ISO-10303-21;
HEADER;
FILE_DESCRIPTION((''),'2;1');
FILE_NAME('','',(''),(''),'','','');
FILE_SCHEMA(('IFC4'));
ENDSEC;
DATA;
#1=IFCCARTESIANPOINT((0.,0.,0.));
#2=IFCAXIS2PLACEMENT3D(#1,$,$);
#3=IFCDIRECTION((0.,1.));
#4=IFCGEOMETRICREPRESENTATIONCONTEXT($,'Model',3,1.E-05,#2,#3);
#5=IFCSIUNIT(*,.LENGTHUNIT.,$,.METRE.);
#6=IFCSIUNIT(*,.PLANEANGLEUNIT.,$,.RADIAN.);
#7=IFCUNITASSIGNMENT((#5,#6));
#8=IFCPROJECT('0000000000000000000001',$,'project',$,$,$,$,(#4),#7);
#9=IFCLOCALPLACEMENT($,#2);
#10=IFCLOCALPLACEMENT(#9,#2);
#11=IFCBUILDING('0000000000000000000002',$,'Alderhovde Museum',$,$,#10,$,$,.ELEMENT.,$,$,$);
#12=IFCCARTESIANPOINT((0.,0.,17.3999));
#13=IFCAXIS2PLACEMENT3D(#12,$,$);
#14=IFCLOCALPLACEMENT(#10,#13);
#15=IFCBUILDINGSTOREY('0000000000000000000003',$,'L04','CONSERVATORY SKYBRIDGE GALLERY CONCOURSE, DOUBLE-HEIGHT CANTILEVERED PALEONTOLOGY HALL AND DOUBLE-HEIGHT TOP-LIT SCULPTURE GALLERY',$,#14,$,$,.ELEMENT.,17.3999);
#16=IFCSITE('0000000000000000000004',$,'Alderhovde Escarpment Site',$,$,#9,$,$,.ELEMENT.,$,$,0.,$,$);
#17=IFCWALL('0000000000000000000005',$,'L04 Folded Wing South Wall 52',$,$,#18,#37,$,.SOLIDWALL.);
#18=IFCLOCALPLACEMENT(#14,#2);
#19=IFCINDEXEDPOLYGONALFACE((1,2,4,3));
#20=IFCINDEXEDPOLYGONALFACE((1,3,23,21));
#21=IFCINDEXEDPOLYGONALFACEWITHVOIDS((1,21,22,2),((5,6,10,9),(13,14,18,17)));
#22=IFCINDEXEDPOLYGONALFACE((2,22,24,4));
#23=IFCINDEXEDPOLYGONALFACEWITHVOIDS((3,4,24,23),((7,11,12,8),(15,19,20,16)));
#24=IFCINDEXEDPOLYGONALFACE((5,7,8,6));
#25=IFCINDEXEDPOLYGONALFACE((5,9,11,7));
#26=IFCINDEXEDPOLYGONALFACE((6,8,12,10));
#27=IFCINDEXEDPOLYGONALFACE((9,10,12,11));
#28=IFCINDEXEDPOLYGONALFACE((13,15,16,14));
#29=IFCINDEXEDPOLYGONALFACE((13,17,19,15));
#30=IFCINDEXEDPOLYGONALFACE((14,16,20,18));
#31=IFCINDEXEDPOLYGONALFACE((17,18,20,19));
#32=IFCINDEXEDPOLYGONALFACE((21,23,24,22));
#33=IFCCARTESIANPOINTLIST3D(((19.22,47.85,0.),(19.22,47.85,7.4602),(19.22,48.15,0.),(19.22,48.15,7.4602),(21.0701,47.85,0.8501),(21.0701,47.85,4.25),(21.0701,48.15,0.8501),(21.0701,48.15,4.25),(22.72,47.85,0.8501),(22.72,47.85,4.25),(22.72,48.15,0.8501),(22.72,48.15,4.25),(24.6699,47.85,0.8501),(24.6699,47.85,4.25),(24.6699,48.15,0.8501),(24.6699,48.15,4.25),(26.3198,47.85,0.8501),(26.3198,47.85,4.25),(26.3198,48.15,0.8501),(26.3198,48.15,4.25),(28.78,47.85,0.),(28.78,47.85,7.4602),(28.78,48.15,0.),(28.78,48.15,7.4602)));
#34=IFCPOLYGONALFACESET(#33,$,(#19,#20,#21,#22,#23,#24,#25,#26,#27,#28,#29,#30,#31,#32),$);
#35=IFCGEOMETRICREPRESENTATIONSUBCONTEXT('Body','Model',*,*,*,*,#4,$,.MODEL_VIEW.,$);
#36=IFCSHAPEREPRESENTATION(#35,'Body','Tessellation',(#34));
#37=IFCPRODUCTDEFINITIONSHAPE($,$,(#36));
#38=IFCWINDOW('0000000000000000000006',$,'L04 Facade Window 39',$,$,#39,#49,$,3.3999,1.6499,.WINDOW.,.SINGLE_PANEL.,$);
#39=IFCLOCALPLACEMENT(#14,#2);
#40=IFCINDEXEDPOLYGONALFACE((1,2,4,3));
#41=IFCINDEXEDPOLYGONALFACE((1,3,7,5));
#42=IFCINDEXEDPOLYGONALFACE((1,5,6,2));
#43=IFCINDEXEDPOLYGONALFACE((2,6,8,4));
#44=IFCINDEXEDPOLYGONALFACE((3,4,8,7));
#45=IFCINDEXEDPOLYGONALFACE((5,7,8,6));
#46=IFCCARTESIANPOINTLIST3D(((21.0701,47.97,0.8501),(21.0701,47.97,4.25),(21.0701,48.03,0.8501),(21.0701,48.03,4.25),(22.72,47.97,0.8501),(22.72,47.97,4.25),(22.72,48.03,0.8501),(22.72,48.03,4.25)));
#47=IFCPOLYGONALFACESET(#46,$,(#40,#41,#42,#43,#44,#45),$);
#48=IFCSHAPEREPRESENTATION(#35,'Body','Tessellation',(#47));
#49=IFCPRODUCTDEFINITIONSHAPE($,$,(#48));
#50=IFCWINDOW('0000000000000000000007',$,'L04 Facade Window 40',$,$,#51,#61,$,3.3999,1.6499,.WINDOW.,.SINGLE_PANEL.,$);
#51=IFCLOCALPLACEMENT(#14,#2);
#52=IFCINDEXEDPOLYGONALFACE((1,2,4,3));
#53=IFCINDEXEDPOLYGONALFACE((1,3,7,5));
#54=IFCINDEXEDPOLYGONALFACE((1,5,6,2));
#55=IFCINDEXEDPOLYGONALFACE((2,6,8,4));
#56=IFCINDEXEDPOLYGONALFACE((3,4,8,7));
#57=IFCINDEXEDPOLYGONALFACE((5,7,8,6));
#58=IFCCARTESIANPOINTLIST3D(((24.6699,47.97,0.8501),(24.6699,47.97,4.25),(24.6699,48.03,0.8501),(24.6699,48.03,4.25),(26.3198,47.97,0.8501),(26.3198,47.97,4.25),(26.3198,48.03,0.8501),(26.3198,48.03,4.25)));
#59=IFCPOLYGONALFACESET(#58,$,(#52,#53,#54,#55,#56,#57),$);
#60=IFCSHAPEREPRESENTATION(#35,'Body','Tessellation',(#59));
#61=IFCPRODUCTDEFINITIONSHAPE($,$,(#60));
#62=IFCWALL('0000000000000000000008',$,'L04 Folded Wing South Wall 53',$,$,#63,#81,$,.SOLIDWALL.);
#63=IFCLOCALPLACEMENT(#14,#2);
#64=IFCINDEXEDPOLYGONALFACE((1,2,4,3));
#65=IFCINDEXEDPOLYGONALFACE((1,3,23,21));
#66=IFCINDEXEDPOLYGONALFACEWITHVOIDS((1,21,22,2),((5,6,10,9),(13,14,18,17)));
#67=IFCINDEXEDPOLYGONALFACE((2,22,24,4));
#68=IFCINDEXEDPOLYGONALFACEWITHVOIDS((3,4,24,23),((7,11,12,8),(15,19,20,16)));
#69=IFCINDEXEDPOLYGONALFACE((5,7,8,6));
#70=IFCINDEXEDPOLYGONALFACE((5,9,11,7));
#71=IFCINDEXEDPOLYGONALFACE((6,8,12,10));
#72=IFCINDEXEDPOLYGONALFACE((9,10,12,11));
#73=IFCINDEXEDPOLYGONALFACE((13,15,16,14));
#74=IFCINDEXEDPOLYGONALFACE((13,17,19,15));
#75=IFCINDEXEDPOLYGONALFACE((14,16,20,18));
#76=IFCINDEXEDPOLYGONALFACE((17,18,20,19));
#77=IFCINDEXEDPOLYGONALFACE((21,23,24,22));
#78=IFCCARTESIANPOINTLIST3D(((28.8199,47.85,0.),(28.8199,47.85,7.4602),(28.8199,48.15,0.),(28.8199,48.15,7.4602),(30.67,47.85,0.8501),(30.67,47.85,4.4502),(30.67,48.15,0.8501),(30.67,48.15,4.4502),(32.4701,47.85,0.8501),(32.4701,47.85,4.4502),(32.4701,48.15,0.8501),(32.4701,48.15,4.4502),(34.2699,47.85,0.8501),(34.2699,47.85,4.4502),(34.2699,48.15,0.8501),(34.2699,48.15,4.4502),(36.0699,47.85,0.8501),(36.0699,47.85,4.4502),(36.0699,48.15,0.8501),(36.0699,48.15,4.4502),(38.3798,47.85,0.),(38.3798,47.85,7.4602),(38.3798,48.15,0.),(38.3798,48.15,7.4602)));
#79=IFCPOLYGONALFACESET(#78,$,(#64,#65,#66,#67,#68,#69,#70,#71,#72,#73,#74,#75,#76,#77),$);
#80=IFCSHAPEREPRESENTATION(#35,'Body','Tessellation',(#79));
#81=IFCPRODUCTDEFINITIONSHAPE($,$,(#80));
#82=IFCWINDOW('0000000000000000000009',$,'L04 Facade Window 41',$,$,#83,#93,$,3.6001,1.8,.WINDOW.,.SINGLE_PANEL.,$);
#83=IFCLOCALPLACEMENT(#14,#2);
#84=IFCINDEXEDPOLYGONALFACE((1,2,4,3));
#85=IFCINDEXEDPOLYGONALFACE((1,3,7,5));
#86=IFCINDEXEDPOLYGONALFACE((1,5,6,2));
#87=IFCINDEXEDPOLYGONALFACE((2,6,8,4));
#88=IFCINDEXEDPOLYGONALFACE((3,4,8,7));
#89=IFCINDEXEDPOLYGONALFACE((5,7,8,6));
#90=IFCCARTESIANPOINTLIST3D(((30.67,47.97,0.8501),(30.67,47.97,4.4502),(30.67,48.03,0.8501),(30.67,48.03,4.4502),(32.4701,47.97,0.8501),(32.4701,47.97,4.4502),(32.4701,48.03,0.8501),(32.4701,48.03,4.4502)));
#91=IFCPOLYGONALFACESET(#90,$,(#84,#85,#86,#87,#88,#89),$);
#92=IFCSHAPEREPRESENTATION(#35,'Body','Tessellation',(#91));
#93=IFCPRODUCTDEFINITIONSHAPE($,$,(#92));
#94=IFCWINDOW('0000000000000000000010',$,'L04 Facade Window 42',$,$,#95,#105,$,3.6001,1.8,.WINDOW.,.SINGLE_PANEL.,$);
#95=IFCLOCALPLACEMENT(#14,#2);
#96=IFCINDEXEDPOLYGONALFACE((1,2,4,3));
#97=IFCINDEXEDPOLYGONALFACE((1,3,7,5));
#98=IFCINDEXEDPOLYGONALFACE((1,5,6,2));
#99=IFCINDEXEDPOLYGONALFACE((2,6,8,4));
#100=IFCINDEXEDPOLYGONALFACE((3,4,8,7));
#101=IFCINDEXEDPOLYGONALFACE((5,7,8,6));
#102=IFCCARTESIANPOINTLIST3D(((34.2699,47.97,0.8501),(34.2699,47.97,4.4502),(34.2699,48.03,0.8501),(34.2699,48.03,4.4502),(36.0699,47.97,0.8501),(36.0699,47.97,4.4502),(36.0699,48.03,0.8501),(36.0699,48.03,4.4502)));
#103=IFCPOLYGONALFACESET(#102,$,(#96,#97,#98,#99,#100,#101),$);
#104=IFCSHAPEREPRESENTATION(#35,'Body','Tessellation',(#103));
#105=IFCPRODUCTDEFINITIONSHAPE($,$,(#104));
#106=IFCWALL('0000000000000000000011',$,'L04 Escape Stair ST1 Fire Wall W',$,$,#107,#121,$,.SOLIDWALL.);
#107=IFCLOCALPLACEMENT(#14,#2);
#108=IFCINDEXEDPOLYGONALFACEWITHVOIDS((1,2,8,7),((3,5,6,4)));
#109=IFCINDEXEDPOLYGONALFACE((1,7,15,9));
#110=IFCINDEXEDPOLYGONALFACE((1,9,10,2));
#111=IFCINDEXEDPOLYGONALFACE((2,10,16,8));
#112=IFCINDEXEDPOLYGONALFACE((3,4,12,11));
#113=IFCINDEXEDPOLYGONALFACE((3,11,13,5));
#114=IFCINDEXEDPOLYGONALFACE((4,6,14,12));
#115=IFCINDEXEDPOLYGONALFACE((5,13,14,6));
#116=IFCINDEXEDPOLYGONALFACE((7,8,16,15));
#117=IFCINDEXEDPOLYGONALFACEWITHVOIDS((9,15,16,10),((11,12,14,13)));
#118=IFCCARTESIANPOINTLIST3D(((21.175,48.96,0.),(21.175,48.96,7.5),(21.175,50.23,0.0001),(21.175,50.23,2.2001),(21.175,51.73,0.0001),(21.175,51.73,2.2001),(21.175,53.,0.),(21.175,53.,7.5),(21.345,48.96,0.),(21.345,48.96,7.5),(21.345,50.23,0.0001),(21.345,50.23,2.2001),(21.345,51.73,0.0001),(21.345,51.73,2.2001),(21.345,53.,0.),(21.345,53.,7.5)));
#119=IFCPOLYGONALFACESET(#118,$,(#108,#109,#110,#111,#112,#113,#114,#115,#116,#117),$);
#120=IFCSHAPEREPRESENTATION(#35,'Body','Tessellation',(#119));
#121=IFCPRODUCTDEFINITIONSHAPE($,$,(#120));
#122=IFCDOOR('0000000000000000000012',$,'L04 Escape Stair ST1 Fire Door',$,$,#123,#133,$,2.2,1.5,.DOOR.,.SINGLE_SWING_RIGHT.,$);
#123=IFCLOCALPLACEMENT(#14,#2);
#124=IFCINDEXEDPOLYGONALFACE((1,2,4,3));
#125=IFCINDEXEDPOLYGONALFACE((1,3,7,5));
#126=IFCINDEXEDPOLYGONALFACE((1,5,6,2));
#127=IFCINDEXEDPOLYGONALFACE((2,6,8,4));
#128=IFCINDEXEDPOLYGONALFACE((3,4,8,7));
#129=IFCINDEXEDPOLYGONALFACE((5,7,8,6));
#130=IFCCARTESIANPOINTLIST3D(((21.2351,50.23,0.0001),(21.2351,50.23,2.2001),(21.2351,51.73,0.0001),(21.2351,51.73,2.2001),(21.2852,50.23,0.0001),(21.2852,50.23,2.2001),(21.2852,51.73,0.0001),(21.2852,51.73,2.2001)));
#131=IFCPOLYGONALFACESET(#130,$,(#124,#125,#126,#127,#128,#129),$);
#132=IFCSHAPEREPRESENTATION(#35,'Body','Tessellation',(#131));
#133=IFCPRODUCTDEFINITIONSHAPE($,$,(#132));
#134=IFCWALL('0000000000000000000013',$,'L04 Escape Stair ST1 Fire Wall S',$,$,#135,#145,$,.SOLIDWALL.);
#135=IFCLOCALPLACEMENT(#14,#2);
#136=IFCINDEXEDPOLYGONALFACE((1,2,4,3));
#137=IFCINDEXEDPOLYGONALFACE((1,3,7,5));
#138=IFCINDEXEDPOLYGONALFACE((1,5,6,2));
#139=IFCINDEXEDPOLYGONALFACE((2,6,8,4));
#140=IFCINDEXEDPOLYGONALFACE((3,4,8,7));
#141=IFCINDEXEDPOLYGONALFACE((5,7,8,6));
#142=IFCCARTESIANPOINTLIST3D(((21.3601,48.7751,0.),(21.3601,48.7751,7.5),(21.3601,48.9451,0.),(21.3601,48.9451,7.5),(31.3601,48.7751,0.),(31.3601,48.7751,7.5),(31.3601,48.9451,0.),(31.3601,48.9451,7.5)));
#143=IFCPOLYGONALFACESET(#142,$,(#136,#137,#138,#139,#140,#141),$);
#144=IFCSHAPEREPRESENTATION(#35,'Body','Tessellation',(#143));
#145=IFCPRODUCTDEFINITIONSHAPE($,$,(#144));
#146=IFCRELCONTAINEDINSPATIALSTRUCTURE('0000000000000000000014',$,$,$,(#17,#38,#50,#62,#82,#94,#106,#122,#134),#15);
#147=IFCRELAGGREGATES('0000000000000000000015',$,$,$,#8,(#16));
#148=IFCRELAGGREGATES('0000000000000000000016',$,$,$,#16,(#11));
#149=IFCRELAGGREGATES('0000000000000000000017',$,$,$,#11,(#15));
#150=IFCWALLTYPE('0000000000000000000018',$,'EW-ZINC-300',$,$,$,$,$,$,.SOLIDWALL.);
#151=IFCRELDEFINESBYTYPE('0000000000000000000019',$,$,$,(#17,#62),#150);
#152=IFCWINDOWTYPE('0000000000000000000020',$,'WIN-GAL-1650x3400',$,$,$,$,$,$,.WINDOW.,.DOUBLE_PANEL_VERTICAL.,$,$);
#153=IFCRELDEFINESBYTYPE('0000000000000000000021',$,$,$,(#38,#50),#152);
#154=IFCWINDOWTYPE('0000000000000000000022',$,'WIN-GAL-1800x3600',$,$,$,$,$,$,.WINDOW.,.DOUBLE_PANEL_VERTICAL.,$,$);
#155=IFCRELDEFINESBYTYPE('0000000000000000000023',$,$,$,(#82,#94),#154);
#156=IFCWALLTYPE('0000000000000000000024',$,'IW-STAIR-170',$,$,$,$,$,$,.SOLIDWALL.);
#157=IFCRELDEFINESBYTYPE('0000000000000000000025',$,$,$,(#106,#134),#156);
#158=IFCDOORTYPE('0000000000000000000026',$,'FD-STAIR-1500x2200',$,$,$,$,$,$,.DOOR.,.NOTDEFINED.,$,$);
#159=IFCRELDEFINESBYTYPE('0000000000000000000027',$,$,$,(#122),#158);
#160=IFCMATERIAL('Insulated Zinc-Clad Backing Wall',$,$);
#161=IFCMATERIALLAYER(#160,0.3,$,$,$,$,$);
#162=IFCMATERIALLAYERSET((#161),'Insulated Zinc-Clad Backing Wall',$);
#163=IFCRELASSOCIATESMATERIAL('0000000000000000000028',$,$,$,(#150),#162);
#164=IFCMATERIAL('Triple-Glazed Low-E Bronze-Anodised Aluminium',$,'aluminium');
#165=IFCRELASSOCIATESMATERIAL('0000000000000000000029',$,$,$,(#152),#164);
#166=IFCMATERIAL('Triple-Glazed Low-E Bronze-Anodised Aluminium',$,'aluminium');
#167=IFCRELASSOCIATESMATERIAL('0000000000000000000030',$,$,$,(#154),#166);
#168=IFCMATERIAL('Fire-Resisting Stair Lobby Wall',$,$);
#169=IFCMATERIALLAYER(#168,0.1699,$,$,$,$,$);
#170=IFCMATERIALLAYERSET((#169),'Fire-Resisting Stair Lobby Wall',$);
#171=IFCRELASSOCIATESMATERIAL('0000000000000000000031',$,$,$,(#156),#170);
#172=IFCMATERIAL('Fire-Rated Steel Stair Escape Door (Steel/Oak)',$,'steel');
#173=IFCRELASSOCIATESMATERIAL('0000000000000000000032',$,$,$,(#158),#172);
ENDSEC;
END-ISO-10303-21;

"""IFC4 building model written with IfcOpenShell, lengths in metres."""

from ifc_helpers import new_model, si_unit, direction, frame, frame_2d, origin, place, context, subcontext, project, spatial, rectangle, extrude, material, layer, layer_set, type_object, element, fill, save


model = new_model("IFC4")

# Units and contexts
model_context = context("Model", 3, precision=1e-05, world=origin(), true_north=direction((0.0, 1.0)))
body_context = subcontext(model_context, "Body", "Model", "MODEL_VIEW")
ifc_project = project(units=[si_unit("LENGTHUNIT", "METRE"), si_unit("PLANEANGLEUNIT", "RADIAN")], contexts=[model_context])

# Site, building, storey
site_placement = place(None, origin())
site = spatial("IfcSite", under=ifc_project, at=site_placement, Name="Alderhovde Escarpment Site", CompositionType="ELEMENT", RefElevation=0.0)
building_placement = place(site_placement, origin())
building = spatial("IfcBuilding", under=site, at=building_placement, Name="Alderhovde Museum", CompositionType="ELEMENT")
storey_placement = place(building_placement, frame((0.0, 0.0, 17.3999)))
storey = spatial("IfcBuildingStorey", under=building, at=storey_placement, Name="L04", Description="CONSERVATORY SKYBRIDGE GALLERY CONCOURSE, DOUBLE-HEIGHT CANTILEVERED PALEONTOLOGY HALL AND DOUBLE-HEIGHT TOP-LIT SCULPTURE GALLERY", CompositionType="ELEMENT", Elevation=17.3999)

# Walls, openings, windows
ifc_material_1 = material(Name="Insulated Zinc-Clad Backing Wall")
ifc_layer_1 = layer(ifc_material_1, 0.3)
ifc_layer_set_1 = layer_set([ifc_layer_1], Name="Insulated Zinc-Clad Backing Wall")
wall_type_1 = type_object("IfcWallType", Name="EW-ZINC-300", PredefinedType="SOLIDWALL", material=ifc_layer_set_1)
wall_1_placement = place(storey_placement, frame((19.22, 48.0, 0.0), z_axis=(0.0, 0.0, 1.0), x_axis=(1.0, 0.0, 0.0)))
wall_1 = element("IfcWall", 1, at=wall_1_placement, inside=storey, type_object=wall_type_1, Name="L04 Folded Wing South Wall 52", PredefinedType="SOLIDWALL", context=body_context, shape_type="SweptSolid", body=[
    extrude(rectangle(XDim=9.5601, YDim=0.3, at=frame_2d((4.78, 0.0))), origin(), (0.0, 0.0, 1.0), 7.4602),
])
opening_1_placement = place(wall_1_placement, frame((1.8501, 0.0, 0.8501)))
opening_1 = element("IfcOpeningElement", 2, at=opening_1_placement, cuts=wall_1, PredefinedType="OPENING", context=body_context, shape_type="SweptSolid", body=[
    extrude(rectangle(XDim=1.6499, YDim=3.3999, at=frame_2d((0.825, 1.7))), frame((0.0, 0.1599, 0.0), z_axis=(0.0, -1.0, 0.0), x_axis=(1.0, 0.0, 0.0)), (0.0, 0.0, 1.0), 0.3201),
])
opening_2_placement = place(wall_1_placement, frame((5.45, 0.0, 0.8501)))
opening_2 = element("IfcOpeningElement", 3, at=opening_2_placement, cuts=wall_1, PredefinedType="OPENING", context=body_context, shape_type="SweptSolid", body=[
    extrude(rectangle(XDim=1.6499, YDim=3.3999, at=frame_2d((0.825, 1.7))), frame((0.0, 0.1599, 0.0), z_axis=(0.0, -1.0, 0.0), x_axis=(1.0, 0.0, 0.0)), (0.0, 0.0, 1.0), 0.3201),
])
ifc_material_2 = material(Name="Triple-Glazed Low-E Bronze-Anodised Aluminium", Category="aluminium")
window_type_1 = type_object("IfcWindowType", Name="WIN-GAL-1650x3400", PartitioningType="DOUBLE_PANEL_VERTICAL", PredefinedType="WINDOW", material=ifc_material_2)
window_1_placement = place(opening_1_placement, origin())
window_1 = element("IfcWindow", 4, at=window_1_placement, inside=storey, type_object=window_type_1, Name="L04 Facade Window 39", OverallHeight=3.3999, OverallWidth=1.6499, PartitioningType="SINGLE_PANEL", PredefinedType="WINDOW", context=body_context, shape_type="SweptSolid", body=[
    extrude(rectangle(XDim=1.6499, YDim=3.3999, at=frame_2d((0.825, 1.7))), frame((0.0, 0.03, 0.0), z_axis=(0.0, -1.0, 0.0), x_axis=(1.0, 0.0, 0.0)), (0.0, 0.0, 1.0), 0.0601),
])
fill(opening_1, window_1)
window_2_placement = place(opening_2_placement, origin())
window_2 = element("IfcWindow", 5, at=window_2_placement, inside=storey, type_object=window_type_1, Name="L04 Facade Window 40", OverallHeight=3.3999, OverallWidth=1.6499, PartitioningType="SINGLE_PANEL", PredefinedType="WINDOW", context=body_context, shape_type="SweptSolid", body=[
    extrude(rectangle(XDim=1.6499, YDim=3.3999, at=frame_2d((0.825, 1.7))), frame((0.0, 0.03, 0.0), z_axis=(0.0, -1.0, 0.0), x_axis=(1.0, 0.0, 0.0)), (0.0, 0.0, 1.0), 0.0601),
])
fill(opening_2, window_2)
wall_2_placement = place(storey_placement, frame((28.8201, 48.0, 0.0), z_axis=(0.0, 0.0, 1.0), x_axis=(1.0, 0.0, 0.0)))
wall_2 = element("IfcWall", 6, at=wall_2_placement, inside=storey, type_object=wall_type_1, Name="L04 Folded Wing South Wall 53", PredefinedType="SOLIDWALL", context=body_context, shape_type="SweptSolid", body=[
    extrude(rectangle(XDim=9.5598, YDim=0.3, at=frame_2d((4.7798, 0.0))), origin(), (0.0, 0.0, 1.0), 7.4602),
])
opening_3_placement = place(wall_2_placement, frame((1.8501, 0.0, 0.8501)))
opening_3 = element("IfcOpeningElement", 7, at=opening_3_placement, cuts=wall_2, PredefinedType="OPENING", context=body_context, shape_type="SweptSolid", body=[
    extrude(rectangle(XDim=1.8, YDim=3.6001, at=frame_2d((0.8999, 1.8))), frame((0.0, 0.1599, 0.0), z_axis=(0.0, -1.0, 0.0), x_axis=(1.0, 0.0, 0.0)), (0.0, 0.0, 1.0), 0.3201),
])
opening_4_placement = place(wall_2_placement, frame((5.45, 0.0, 0.8501)))
opening_4 = element("IfcOpeningElement", 8, at=opening_4_placement, cuts=wall_2, PredefinedType="OPENING", context=body_context, shape_type="SweptSolid", body=[
    extrude(rectangle(XDim=1.8, YDim=3.6001, at=frame_2d((0.8999, 1.8))), frame((0.0, 0.1599, 0.0), z_axis=(0.0, -1.0, 0.0), x_axis=(1.0, 0.0, 0.0)), (0.0, 0.0, 1.0), 0.3201),
])
ifc_material_3 = material(Name="Triple-Glazed Low-E Bronze-Anodised Aluminium", Category="aluminium")
window_type_2 = type_object("IfcWindowType", Name="WIN-GAL-1800x3600", PartitioningType="DOUBLE_PANEL_VERTICAL", PredefinedType="WINDOW", material=ifc_material_3)
window_3_placement = place(opening_3_placement, origin())
window_3 = element("IfcWindow", 9, at=window_3_placement, inside=storey, type_object=window_type_2, Name="L04 Facade Window 41", OverallHeight=3.6001, OverallWidth=1.8, PartitioningType="SINGLE_PANEL", PredefinedType="WINDOW", context=body_context, shape_type="SweptSolid", body=[
    extrude(rectangle(XDim=1.8, YDim=3.6001, at=frame_2d((0.8999, 1.8))), frame((0.0, 0.03, 0.0), z_axis=(0.0, -1.0, 0.0), x_axis=(1.0, 0.0, 0.0)), (0.0, 0.0, 1.0), 0.0601),
])
fill(opening_3, window_3)
window_4_placement = place(opening_4_placement, origin())
window_4 = element("IfcWindow", 10, at=window_4_placement, inside=storey, type_object=window_type_2, Name="L04 Facade Window 42", OverallHeight=3.6001, OverallWidth=1.8, PartitioningType="SINGLE_PANEL", PredefinedType="WINDOW", context=body_context, shape_type="SweptSolid", body=[
    extrude(rectangle(XDim=1.8, YDim=3.6001, at=frame_2d((0.8999, 1.8))), frame((0.0, 0.03, 0.0), z_axis=(0.0, -1.0, 0.0), x_axis=(1.0, 0.0, 0.0)), (0.0, 0.0, 1.0), 0.0601),
])
fill(opening_4, window_4)

# Wall, opening, door
ifc_material_4 = material(Name="Fire-Resisting Stair Lobby Wall")
ifc_layer_2 = layer(ifc_material_4, 0.1699)
ifc_layer_set_2 = layer_set([ifc_layer_2], Name="Fire-Resisting Stair Lobby Wall")
wall_type_2 = type_object("IfcWallType", Name="IW-STAIR-170", PredefinedType="SOLIDWALL", material=ifc_layer_set_2)
wall_3_placement = place(storey_placement, frame((21.26, 48.96, 0.0), z_axis=(0.0, 0.0, 1.0), x_axis=(0.0, 1.0, 0.0)))
wall_3 = element("IfcWall", 11, at=wall_3_placement, inside=storey, type_object=wall_type_2, Name="L04 Escape Stair ST1 Fire Wall W", PredefinedType="SOLIDWALL", context=body_context, shape_type="SweptSolid", body=[
    extrude(rectangle(XDim=4.04, YDim=0.1699, at=frame_2d((2.02, 0.0))), origin(), (0.0, 0.0, 1.0), 7.5),
])
opening_5_placement = place(wall_3_placement, frame((1.27, 0.0, 0.0)))
opening_5 = element("IfcOpeningElement", 12, at=opening_5_placement, cuts=wall_3, PredefinedType="OPENING", context=body_context, shape_type="SweptSolid", body=[
    extrude(rectangle(XDim=1.5, YDim=2.2, at=frame_2d((0.75, 1.1001))), frame((0.0, 0.095, 0.0), z_axis=(0.0, -1.0, 0.0), x_axis=(1.0, 0.0, 0.0)), (0.0, 0.0, 1.0), 0.1899),
])
ifc_material_5 = material(Name="Fire-Rated Steel Stair Escape Door (Steel/Oak)", Category="steel")
door_type = type_object("IfcDoorType", Name="FD-STAIR-1500x2200", OperationType="NOTDEFINED", PredefinedType="DOOR", material=ifc_material_5)
door_placement = place(opening_5_placement, origin())
door = element("IfcDoor", 13, at=door_placement, inside=storey, type_object=door_type, Name="L04 Escape Stair ST1 Fire Door", OperationType="SINGLE_SWING_RIGHT", OverallHeight=2.2, OverallWidth=1.5, PredefinedType="DOOR", context=body_context, shape_type="SweptSolid", body=[
    extrude(rectangle(XDim=1.5, YDim=2.2, at=frame_2d((0.75, 1.1001))), frame((0.0, 0.0249, 0.0), z_axis=(0.0, -1.0, 0.0), x_axis=(1.0, 0.0, 0.0)), (0.0, 0.0, 1.0), 0.05),
])
fill(opening_5, door)

# Wall
wall_4_placement = place(storey_placement, frame((21.3601, 48.8601, 0.0), z_axis=(0.0, 0.0, 1.0), x_axis=(1.0, 0.0, 0.0)))
element("IfcWall", 14, at=wall_4_placement, inside=storey, type_object=wall_type_2, Name="L04 Escape Stair ST1 Fire Wall S", PredefinedType="SOLIDWALL", context=body_context, shape_type="SweptSolid", body=[
    extrude(rectangle(XDim=10.0, YDim=0.1699, at=frame_2d((5.0, 0.0))), origin(), (0.0, 0.0, 1.0), 7.5),
])

save(model, "model.ifc")
